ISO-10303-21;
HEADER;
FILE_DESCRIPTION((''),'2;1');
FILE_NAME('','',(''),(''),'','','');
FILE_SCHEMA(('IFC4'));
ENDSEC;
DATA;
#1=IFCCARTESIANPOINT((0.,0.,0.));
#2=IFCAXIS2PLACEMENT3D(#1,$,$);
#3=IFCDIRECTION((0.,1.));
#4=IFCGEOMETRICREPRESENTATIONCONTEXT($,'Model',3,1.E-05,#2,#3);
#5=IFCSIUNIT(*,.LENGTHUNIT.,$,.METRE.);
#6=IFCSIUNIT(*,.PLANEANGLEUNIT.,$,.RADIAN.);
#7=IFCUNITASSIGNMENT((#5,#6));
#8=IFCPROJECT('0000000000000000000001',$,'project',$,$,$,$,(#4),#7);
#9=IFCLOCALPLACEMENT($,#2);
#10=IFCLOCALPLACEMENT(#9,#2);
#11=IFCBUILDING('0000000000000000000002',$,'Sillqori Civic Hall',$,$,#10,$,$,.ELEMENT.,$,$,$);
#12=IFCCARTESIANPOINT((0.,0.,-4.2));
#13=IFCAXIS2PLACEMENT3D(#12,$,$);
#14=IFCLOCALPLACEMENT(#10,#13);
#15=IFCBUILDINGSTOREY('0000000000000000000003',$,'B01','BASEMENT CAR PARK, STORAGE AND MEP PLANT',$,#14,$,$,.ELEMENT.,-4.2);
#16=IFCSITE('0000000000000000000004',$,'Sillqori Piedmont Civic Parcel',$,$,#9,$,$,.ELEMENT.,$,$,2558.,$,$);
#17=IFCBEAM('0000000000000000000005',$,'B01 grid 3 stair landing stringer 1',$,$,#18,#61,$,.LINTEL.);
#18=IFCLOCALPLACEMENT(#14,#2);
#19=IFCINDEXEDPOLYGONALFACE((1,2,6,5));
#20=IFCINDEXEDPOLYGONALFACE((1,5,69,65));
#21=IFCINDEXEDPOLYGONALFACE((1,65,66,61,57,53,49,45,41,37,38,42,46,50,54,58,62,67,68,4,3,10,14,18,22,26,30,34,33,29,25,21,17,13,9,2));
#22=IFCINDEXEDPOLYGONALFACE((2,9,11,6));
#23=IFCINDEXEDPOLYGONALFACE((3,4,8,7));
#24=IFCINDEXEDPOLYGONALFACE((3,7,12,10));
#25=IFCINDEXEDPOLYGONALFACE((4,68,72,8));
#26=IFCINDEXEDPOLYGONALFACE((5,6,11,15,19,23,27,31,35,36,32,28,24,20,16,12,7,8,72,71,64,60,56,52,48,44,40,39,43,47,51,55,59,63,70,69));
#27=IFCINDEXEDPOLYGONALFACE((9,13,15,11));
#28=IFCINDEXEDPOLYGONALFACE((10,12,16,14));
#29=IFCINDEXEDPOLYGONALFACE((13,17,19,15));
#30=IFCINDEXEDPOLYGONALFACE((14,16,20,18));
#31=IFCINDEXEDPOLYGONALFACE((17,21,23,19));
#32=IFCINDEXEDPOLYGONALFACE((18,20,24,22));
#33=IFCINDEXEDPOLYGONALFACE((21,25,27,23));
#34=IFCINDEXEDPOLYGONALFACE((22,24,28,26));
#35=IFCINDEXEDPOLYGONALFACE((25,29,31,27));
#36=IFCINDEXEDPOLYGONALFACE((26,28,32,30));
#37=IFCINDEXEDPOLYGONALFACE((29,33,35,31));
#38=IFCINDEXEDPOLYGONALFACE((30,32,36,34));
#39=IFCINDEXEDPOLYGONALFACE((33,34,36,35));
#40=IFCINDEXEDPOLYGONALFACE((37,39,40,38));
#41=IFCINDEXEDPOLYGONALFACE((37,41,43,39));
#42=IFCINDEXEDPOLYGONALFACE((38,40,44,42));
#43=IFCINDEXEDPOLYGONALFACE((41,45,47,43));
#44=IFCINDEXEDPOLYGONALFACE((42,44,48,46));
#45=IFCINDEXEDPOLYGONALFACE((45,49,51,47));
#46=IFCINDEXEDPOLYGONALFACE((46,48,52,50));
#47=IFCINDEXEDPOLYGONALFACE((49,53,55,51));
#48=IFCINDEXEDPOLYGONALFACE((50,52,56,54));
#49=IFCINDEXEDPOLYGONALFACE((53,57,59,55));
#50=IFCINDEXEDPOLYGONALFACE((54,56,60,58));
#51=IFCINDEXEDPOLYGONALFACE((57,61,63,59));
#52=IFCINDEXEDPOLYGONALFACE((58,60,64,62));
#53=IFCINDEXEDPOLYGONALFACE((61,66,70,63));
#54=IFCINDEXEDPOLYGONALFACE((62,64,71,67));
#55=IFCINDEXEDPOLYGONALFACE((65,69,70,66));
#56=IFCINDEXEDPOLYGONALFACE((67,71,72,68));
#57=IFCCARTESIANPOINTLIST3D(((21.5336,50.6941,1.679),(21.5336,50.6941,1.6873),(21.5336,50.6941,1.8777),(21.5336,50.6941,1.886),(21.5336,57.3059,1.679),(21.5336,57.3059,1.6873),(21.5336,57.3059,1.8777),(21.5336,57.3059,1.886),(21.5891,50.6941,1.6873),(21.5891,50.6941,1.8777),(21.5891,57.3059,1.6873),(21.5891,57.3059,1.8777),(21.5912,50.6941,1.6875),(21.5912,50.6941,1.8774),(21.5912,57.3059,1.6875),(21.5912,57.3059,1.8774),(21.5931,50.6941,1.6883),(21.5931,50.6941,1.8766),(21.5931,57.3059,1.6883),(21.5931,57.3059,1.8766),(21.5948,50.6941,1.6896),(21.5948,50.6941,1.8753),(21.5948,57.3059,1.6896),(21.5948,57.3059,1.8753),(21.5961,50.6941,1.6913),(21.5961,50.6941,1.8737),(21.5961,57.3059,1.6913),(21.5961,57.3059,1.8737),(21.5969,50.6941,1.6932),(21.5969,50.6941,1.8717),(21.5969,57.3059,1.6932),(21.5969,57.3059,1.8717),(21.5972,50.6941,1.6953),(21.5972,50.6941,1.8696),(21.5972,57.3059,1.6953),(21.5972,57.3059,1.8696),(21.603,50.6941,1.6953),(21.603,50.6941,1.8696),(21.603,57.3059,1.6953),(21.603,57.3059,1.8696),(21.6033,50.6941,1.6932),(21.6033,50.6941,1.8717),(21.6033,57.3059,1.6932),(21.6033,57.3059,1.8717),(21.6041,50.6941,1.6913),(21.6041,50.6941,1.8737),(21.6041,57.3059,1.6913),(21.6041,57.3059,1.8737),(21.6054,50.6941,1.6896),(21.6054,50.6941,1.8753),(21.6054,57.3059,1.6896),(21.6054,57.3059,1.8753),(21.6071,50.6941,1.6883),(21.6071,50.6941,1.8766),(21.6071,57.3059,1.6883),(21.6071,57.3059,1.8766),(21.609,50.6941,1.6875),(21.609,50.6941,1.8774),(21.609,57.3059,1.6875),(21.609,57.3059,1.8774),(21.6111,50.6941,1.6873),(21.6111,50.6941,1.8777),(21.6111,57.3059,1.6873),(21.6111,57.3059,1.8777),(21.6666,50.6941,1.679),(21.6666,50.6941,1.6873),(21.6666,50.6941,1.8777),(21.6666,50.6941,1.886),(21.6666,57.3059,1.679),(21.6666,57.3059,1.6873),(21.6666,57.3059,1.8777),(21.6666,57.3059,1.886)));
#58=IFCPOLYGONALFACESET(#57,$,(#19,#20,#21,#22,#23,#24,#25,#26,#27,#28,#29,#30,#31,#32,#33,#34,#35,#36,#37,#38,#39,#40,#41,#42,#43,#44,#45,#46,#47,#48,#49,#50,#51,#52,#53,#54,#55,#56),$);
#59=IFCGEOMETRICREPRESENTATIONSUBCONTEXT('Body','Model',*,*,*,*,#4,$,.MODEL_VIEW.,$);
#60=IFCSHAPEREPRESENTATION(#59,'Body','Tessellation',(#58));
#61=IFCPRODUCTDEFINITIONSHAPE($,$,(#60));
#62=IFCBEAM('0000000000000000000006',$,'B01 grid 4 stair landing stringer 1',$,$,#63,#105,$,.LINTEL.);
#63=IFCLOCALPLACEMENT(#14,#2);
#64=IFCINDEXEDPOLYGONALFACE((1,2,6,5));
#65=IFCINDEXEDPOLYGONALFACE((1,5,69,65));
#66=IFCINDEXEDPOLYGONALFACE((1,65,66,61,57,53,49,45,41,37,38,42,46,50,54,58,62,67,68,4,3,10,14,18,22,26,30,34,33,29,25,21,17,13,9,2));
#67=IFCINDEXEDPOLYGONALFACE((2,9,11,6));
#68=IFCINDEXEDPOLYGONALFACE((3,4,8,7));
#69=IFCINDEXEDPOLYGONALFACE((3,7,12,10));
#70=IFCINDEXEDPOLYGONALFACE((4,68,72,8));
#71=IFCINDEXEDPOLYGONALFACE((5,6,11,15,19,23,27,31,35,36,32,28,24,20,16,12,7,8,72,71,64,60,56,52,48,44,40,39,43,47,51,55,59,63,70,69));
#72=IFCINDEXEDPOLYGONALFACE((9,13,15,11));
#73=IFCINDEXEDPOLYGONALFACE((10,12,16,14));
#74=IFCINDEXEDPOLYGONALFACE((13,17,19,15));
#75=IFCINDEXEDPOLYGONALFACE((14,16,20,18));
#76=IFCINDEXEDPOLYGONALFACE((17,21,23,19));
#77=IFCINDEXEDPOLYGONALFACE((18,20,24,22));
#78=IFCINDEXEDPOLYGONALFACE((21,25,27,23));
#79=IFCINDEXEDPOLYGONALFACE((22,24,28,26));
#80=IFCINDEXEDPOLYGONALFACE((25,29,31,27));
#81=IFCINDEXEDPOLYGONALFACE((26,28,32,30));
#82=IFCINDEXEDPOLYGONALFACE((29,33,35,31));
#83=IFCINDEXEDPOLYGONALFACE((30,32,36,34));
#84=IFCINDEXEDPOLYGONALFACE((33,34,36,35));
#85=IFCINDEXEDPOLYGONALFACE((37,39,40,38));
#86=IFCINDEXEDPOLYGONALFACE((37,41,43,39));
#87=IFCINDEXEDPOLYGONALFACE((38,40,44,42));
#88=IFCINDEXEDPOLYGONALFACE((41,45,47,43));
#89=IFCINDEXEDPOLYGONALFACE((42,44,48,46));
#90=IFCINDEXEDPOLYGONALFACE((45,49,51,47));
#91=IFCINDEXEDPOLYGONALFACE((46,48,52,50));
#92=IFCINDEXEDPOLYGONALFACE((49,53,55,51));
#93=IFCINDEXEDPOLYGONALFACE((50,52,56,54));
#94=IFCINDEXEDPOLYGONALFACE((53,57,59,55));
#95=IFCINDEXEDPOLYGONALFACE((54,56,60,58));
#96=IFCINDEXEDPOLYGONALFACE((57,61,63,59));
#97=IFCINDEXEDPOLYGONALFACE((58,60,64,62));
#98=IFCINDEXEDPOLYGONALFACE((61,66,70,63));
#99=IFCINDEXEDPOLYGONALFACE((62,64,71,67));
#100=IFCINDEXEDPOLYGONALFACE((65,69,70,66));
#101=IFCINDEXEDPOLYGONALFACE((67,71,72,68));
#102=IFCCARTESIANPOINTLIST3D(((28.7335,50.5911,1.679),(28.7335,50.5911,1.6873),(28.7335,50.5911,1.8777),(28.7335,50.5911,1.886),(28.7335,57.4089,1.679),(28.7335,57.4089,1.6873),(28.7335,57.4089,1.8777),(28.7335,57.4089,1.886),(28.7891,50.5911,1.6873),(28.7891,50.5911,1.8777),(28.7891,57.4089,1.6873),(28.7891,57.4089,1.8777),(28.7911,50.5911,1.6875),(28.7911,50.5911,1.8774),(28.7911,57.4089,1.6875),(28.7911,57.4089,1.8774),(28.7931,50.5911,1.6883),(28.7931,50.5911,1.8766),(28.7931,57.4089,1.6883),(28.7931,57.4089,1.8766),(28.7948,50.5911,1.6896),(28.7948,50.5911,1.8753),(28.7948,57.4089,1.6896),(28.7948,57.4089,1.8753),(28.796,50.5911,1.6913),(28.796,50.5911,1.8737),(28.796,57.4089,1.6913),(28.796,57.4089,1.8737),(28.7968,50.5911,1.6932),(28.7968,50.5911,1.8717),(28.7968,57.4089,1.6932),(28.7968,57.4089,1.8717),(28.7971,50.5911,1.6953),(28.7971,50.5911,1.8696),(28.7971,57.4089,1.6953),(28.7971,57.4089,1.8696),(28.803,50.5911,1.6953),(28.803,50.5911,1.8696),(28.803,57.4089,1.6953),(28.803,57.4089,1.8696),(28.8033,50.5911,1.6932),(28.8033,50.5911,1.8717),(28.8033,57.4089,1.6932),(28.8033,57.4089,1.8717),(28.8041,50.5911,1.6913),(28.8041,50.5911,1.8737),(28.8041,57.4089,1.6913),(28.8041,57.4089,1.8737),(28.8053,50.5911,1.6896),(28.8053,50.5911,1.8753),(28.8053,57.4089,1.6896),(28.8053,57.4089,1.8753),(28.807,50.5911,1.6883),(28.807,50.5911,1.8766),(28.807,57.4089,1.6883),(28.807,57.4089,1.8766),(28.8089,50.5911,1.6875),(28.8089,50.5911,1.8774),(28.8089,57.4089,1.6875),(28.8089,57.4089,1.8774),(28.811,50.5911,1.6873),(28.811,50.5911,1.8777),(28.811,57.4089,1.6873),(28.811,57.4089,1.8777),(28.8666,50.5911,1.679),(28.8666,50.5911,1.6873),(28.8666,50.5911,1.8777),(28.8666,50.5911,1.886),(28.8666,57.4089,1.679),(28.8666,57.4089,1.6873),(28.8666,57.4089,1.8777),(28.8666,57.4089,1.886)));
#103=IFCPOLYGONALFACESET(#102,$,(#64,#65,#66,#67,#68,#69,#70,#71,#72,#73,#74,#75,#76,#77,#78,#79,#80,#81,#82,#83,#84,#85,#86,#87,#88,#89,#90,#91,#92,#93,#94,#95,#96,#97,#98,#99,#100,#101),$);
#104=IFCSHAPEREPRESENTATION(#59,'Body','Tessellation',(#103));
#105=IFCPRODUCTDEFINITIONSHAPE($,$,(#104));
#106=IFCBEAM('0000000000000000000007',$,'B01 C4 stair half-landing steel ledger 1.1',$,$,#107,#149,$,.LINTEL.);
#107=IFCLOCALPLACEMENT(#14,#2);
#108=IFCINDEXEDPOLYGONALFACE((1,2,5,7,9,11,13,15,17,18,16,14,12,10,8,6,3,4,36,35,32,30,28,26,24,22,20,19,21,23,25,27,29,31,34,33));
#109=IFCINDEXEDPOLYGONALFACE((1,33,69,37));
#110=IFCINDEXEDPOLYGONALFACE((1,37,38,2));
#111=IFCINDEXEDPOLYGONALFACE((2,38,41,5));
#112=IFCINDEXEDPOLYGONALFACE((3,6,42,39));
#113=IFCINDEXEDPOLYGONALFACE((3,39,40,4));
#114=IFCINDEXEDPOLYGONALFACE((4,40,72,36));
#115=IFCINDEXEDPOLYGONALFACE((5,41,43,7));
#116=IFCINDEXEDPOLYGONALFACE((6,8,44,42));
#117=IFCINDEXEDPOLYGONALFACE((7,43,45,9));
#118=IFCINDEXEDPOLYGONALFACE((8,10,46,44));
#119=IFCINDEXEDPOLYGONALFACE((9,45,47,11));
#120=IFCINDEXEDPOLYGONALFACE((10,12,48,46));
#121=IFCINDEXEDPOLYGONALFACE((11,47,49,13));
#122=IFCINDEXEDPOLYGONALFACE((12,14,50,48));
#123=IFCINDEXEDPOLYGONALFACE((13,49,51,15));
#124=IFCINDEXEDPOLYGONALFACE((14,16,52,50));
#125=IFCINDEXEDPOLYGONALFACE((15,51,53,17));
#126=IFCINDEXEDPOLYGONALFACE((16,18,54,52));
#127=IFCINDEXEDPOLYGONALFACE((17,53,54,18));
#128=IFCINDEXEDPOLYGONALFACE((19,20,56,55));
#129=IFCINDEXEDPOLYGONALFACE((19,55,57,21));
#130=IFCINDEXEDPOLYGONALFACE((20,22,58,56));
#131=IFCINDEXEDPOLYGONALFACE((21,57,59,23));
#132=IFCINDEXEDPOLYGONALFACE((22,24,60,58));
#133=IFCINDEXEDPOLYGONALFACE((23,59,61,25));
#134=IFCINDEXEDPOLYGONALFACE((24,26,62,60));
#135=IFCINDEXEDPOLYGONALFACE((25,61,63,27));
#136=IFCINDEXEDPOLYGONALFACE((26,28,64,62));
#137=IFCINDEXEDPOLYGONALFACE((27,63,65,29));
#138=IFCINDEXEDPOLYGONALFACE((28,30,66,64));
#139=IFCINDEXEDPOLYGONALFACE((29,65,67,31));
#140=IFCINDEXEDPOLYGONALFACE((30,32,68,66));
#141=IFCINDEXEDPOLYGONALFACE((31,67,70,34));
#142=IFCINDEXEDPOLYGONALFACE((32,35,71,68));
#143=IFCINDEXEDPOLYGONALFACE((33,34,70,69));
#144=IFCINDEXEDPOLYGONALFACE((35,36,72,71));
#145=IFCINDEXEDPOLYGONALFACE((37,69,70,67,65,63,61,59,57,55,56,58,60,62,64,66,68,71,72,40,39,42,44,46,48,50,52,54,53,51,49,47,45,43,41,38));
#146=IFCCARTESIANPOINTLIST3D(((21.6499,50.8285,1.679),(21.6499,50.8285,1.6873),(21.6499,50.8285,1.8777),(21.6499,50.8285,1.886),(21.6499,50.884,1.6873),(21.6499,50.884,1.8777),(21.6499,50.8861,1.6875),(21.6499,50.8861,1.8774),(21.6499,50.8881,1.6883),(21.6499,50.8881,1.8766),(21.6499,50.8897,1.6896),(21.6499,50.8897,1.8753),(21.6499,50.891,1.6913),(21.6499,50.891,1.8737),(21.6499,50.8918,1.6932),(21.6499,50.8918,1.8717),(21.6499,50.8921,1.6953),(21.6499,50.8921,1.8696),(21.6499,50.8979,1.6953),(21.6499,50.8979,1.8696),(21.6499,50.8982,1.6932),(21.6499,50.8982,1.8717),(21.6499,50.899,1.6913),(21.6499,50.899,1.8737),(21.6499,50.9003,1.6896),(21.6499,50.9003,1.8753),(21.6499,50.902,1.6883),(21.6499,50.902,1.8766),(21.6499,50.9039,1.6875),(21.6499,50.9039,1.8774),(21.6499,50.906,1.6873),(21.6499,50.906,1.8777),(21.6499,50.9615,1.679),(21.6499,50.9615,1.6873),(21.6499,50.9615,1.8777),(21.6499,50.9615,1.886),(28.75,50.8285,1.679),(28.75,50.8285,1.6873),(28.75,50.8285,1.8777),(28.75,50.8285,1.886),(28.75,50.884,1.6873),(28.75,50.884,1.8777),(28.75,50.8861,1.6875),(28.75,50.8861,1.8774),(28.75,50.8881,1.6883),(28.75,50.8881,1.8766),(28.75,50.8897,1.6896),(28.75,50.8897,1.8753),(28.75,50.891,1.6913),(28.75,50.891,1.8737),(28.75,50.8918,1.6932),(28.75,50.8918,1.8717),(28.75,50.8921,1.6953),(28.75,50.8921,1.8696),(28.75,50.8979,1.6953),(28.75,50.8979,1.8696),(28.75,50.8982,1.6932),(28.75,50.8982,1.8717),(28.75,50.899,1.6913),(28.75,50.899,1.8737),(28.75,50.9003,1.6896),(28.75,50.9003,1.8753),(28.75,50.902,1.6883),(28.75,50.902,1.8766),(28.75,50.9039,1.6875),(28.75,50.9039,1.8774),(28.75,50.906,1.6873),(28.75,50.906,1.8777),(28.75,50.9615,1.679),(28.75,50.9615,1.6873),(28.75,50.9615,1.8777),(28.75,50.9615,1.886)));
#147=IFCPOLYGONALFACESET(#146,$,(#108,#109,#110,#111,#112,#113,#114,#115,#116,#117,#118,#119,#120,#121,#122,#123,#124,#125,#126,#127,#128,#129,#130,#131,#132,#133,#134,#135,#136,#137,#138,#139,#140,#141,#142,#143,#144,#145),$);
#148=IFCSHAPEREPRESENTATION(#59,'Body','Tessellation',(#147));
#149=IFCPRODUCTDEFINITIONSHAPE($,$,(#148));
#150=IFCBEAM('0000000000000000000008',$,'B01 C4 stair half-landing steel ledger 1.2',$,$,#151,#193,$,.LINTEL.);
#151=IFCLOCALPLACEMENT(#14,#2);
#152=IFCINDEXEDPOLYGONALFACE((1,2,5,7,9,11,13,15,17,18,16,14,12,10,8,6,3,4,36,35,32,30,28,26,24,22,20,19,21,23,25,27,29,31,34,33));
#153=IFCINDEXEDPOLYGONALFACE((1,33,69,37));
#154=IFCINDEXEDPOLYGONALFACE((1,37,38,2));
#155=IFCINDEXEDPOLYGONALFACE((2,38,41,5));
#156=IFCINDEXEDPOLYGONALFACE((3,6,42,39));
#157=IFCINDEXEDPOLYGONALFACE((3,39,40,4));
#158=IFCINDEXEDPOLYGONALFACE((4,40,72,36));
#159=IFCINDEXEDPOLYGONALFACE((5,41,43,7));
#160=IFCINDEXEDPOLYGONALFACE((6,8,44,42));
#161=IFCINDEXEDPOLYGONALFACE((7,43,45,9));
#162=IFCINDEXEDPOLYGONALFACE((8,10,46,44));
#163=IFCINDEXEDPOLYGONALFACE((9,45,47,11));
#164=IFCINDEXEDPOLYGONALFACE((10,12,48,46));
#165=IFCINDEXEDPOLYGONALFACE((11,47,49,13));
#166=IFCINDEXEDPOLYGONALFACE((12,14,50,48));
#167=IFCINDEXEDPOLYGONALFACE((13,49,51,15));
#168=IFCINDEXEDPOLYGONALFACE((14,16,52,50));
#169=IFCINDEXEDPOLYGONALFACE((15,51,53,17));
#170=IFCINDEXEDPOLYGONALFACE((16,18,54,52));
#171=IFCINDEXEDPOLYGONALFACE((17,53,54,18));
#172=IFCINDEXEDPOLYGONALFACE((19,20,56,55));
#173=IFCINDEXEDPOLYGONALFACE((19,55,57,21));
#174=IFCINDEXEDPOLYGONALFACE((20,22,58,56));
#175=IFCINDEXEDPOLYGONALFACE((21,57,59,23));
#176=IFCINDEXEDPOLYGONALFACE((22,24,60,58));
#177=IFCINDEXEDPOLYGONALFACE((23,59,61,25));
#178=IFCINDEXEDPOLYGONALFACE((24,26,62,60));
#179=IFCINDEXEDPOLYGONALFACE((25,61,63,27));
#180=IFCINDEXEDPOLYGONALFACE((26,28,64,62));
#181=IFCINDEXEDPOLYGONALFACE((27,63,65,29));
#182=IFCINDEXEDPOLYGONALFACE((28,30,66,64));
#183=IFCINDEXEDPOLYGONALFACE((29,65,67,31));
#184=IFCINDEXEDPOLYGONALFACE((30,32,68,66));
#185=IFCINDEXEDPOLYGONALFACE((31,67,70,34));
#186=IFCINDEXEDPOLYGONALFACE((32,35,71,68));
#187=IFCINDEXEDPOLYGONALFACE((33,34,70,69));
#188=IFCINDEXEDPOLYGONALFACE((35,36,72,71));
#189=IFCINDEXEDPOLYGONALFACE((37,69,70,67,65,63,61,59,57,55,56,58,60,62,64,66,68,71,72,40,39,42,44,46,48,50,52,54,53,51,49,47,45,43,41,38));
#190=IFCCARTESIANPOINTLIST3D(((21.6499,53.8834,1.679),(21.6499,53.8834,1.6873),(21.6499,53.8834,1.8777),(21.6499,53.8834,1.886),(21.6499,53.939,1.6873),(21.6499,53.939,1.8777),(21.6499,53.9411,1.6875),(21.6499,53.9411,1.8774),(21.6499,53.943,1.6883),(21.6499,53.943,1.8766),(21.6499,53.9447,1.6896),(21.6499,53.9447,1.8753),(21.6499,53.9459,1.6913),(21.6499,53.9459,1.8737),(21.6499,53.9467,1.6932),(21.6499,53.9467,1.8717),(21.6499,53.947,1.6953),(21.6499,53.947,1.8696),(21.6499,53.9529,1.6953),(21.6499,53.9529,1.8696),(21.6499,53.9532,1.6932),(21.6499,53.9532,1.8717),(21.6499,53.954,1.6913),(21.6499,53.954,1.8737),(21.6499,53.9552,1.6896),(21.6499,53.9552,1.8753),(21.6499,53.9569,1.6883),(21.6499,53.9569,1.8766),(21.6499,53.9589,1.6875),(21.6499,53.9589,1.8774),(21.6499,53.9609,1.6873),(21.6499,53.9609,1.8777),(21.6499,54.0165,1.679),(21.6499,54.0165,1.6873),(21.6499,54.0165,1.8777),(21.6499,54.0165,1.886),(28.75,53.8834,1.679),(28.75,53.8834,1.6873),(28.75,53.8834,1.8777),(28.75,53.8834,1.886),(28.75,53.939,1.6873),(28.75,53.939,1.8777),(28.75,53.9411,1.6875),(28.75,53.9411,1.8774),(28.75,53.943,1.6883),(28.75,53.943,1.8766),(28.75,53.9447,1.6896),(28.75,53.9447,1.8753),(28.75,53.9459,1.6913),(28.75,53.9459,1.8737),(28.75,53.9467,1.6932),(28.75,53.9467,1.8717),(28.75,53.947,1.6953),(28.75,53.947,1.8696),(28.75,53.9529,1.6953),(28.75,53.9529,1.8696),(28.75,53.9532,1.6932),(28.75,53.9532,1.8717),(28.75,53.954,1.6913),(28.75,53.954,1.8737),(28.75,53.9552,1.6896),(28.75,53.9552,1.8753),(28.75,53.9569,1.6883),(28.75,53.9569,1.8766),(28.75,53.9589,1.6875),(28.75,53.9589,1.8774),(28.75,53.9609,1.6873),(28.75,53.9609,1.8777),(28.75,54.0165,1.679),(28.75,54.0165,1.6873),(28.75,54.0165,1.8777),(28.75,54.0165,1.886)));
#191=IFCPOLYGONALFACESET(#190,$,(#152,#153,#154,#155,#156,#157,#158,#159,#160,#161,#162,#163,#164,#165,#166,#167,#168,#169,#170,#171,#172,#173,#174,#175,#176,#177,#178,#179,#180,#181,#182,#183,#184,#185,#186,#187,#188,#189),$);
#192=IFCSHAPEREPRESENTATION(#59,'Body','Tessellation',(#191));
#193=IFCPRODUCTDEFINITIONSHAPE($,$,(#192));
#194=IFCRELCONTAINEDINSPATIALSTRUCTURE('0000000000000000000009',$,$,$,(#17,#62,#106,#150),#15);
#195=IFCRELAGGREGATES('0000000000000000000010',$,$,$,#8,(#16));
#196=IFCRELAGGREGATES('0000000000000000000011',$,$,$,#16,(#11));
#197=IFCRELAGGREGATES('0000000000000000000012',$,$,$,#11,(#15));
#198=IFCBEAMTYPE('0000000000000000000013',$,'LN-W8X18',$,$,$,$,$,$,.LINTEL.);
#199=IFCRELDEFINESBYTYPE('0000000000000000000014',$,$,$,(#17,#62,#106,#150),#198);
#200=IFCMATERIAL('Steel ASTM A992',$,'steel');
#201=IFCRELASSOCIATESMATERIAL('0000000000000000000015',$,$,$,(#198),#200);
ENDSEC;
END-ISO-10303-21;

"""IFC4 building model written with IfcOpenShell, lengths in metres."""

from ifc_helpers import new_model, si_unit, direction, frame, origin, origin_2d, place, context, subcontext, project, spatial, i_section, extrude, material, material_profile, profile_set, type_object, element, save


model = new_model("IFC4")

# Units and contexts
model_context = context("Model", 3, precision=1e-05, world=origin(), true_north=direction((0.0, 1.0)))
body_context = subcontext(model_context, "Body", "Model", "MODEL_VIEW")
ifc_project = project(units=[si_unit("LENGTHUNIT", "METRE"), si_unit("PLANEANGLEUNIT", "RADIAN")], contexts=[model_context])

# Site, building, storey
site_placement = place(None, origin())
site = spatial("IfcSite", under=ifc_project, at=site_placement, Name="Sillqori Piedmont Civic Parcel", CompositionType="ELEMENT", RefElevation=2558.0)
building_placement = place(site_placement, origin())
building = spatial("IfcBuilding", under=site, at=building_placement, Name="Sillqori Civic Hall", CompositionType="ELEMENT")
storey_placement = place(building_placement, frame((0.0, 0.0, -4.2)))
storey = spatial("IfcBuildingStorey", under=building, at=storey_placement, Name="B01", Description="BASEMENT CAR PARK, STORAGE AND MEP PLANT", CompositionType="ELEMENT", Elevation=-4.2)

# Shared definitions
ifc_material_1 = material(Name="Steel ASTM A992", Category="steel")

# Beams
ifc_material_profile_1 = material_profile(ifc_material_1, i_section(OverallWidth=0.1331, OverallDepth=0.207, WebThickness=0.0059, FlangeThickness=0.0083, FilletRadius=0.0081, at=origin_2d()), Name="W8X18")
ifc_profile_set_1 = profile_set([ifc_material_profile_1], Name="Steel ASTM A992")
beam_type_1 = type_object("IfcBeamType", Name="LN-W8X18", PredefinedType="LINTEL", material=ifc_profile_set_1)
beam_1_placement = place(storey_placement, frame((21.6001, 50.6941, 1.7825), z_axis=(0.0, 1.0, 0.0), x_axis=(-1.0, 0.0, 0.0)))
element("IfcBeam", 1, at=beam_1_placement, inside=storey, type_object=beam_type_1, Name="B01 grid 3 stair landing stringer 1", PredefinedType="LINTEL", context=body_context, shape_type="SweptSolid", body=[
    extrude(i_section(OverallWidth=0.1331, OverallDepth=0.207, WebThickness=0.0059, FlangeThickness=0.0083, FilletRadius=0.0081, at=origin_2d()), origin(), (0.0, 0.0, 1.0), 6.6118),
])
beam_2_placement = place(storey_placement, frame((28.8, 50.5911, 1.7825), z_axis=(0.0, 1.0, 0.0), x_axis=(-1.0, 0.0, 0.0)))
element("IfcBeam", 2, at=beam_2_placement, inside=storey, type_object=beam_type_1, Name="B01 grid 4 stair landing stringer 1", PredefinedType="LINTEL", context=body_context, shape_type="SweptSolid", body=[
    extrude(i_section(OverallWidth=0.1331, OverallDepth=0.207, WebThickness=0.0059, FlangeThickness=0.0083, FilletRadius=0.0081, at=origin_2d()), origin(), (0.0, 0.0, 1.0), 6.8179),
])
for number, where, z_axis, x_axis, name in (
    (3, (21.6499, 50.895, 1.7825), (1.0, 0.0, 0.0), (0.0, 1.0, 0.0), "B01 C4 stair half-landing steel ledger 1.1"),
    (4, (21.6499, 53.95, 1.7825), (1.0, 0.0, 0.0), (0.0, 1.0, 0.0), "B01 C4 stair half-landing steel ledger 1.2"),
):
    element("IfcBeam", number, at=place(storey_placement, frame(where, z_axis=z_axis, x_axis=x_axis)), inside=storey, type_object=beam_type_1, Name=name, PredefinedType="LINTEL", context=body_context, shape_type="SweptSolid", body=[
        extrude(i_section(OverallWidth=0.1331, OverallDepth=0.207, WebThickness=0.0059, FlangeThickness=0.0083, FilletRadius=0.0081, at=origin_2d()), origin(), (0.0, 0.0, 1.0), 7.1001),
    ])

save(model, "model.ifc")
